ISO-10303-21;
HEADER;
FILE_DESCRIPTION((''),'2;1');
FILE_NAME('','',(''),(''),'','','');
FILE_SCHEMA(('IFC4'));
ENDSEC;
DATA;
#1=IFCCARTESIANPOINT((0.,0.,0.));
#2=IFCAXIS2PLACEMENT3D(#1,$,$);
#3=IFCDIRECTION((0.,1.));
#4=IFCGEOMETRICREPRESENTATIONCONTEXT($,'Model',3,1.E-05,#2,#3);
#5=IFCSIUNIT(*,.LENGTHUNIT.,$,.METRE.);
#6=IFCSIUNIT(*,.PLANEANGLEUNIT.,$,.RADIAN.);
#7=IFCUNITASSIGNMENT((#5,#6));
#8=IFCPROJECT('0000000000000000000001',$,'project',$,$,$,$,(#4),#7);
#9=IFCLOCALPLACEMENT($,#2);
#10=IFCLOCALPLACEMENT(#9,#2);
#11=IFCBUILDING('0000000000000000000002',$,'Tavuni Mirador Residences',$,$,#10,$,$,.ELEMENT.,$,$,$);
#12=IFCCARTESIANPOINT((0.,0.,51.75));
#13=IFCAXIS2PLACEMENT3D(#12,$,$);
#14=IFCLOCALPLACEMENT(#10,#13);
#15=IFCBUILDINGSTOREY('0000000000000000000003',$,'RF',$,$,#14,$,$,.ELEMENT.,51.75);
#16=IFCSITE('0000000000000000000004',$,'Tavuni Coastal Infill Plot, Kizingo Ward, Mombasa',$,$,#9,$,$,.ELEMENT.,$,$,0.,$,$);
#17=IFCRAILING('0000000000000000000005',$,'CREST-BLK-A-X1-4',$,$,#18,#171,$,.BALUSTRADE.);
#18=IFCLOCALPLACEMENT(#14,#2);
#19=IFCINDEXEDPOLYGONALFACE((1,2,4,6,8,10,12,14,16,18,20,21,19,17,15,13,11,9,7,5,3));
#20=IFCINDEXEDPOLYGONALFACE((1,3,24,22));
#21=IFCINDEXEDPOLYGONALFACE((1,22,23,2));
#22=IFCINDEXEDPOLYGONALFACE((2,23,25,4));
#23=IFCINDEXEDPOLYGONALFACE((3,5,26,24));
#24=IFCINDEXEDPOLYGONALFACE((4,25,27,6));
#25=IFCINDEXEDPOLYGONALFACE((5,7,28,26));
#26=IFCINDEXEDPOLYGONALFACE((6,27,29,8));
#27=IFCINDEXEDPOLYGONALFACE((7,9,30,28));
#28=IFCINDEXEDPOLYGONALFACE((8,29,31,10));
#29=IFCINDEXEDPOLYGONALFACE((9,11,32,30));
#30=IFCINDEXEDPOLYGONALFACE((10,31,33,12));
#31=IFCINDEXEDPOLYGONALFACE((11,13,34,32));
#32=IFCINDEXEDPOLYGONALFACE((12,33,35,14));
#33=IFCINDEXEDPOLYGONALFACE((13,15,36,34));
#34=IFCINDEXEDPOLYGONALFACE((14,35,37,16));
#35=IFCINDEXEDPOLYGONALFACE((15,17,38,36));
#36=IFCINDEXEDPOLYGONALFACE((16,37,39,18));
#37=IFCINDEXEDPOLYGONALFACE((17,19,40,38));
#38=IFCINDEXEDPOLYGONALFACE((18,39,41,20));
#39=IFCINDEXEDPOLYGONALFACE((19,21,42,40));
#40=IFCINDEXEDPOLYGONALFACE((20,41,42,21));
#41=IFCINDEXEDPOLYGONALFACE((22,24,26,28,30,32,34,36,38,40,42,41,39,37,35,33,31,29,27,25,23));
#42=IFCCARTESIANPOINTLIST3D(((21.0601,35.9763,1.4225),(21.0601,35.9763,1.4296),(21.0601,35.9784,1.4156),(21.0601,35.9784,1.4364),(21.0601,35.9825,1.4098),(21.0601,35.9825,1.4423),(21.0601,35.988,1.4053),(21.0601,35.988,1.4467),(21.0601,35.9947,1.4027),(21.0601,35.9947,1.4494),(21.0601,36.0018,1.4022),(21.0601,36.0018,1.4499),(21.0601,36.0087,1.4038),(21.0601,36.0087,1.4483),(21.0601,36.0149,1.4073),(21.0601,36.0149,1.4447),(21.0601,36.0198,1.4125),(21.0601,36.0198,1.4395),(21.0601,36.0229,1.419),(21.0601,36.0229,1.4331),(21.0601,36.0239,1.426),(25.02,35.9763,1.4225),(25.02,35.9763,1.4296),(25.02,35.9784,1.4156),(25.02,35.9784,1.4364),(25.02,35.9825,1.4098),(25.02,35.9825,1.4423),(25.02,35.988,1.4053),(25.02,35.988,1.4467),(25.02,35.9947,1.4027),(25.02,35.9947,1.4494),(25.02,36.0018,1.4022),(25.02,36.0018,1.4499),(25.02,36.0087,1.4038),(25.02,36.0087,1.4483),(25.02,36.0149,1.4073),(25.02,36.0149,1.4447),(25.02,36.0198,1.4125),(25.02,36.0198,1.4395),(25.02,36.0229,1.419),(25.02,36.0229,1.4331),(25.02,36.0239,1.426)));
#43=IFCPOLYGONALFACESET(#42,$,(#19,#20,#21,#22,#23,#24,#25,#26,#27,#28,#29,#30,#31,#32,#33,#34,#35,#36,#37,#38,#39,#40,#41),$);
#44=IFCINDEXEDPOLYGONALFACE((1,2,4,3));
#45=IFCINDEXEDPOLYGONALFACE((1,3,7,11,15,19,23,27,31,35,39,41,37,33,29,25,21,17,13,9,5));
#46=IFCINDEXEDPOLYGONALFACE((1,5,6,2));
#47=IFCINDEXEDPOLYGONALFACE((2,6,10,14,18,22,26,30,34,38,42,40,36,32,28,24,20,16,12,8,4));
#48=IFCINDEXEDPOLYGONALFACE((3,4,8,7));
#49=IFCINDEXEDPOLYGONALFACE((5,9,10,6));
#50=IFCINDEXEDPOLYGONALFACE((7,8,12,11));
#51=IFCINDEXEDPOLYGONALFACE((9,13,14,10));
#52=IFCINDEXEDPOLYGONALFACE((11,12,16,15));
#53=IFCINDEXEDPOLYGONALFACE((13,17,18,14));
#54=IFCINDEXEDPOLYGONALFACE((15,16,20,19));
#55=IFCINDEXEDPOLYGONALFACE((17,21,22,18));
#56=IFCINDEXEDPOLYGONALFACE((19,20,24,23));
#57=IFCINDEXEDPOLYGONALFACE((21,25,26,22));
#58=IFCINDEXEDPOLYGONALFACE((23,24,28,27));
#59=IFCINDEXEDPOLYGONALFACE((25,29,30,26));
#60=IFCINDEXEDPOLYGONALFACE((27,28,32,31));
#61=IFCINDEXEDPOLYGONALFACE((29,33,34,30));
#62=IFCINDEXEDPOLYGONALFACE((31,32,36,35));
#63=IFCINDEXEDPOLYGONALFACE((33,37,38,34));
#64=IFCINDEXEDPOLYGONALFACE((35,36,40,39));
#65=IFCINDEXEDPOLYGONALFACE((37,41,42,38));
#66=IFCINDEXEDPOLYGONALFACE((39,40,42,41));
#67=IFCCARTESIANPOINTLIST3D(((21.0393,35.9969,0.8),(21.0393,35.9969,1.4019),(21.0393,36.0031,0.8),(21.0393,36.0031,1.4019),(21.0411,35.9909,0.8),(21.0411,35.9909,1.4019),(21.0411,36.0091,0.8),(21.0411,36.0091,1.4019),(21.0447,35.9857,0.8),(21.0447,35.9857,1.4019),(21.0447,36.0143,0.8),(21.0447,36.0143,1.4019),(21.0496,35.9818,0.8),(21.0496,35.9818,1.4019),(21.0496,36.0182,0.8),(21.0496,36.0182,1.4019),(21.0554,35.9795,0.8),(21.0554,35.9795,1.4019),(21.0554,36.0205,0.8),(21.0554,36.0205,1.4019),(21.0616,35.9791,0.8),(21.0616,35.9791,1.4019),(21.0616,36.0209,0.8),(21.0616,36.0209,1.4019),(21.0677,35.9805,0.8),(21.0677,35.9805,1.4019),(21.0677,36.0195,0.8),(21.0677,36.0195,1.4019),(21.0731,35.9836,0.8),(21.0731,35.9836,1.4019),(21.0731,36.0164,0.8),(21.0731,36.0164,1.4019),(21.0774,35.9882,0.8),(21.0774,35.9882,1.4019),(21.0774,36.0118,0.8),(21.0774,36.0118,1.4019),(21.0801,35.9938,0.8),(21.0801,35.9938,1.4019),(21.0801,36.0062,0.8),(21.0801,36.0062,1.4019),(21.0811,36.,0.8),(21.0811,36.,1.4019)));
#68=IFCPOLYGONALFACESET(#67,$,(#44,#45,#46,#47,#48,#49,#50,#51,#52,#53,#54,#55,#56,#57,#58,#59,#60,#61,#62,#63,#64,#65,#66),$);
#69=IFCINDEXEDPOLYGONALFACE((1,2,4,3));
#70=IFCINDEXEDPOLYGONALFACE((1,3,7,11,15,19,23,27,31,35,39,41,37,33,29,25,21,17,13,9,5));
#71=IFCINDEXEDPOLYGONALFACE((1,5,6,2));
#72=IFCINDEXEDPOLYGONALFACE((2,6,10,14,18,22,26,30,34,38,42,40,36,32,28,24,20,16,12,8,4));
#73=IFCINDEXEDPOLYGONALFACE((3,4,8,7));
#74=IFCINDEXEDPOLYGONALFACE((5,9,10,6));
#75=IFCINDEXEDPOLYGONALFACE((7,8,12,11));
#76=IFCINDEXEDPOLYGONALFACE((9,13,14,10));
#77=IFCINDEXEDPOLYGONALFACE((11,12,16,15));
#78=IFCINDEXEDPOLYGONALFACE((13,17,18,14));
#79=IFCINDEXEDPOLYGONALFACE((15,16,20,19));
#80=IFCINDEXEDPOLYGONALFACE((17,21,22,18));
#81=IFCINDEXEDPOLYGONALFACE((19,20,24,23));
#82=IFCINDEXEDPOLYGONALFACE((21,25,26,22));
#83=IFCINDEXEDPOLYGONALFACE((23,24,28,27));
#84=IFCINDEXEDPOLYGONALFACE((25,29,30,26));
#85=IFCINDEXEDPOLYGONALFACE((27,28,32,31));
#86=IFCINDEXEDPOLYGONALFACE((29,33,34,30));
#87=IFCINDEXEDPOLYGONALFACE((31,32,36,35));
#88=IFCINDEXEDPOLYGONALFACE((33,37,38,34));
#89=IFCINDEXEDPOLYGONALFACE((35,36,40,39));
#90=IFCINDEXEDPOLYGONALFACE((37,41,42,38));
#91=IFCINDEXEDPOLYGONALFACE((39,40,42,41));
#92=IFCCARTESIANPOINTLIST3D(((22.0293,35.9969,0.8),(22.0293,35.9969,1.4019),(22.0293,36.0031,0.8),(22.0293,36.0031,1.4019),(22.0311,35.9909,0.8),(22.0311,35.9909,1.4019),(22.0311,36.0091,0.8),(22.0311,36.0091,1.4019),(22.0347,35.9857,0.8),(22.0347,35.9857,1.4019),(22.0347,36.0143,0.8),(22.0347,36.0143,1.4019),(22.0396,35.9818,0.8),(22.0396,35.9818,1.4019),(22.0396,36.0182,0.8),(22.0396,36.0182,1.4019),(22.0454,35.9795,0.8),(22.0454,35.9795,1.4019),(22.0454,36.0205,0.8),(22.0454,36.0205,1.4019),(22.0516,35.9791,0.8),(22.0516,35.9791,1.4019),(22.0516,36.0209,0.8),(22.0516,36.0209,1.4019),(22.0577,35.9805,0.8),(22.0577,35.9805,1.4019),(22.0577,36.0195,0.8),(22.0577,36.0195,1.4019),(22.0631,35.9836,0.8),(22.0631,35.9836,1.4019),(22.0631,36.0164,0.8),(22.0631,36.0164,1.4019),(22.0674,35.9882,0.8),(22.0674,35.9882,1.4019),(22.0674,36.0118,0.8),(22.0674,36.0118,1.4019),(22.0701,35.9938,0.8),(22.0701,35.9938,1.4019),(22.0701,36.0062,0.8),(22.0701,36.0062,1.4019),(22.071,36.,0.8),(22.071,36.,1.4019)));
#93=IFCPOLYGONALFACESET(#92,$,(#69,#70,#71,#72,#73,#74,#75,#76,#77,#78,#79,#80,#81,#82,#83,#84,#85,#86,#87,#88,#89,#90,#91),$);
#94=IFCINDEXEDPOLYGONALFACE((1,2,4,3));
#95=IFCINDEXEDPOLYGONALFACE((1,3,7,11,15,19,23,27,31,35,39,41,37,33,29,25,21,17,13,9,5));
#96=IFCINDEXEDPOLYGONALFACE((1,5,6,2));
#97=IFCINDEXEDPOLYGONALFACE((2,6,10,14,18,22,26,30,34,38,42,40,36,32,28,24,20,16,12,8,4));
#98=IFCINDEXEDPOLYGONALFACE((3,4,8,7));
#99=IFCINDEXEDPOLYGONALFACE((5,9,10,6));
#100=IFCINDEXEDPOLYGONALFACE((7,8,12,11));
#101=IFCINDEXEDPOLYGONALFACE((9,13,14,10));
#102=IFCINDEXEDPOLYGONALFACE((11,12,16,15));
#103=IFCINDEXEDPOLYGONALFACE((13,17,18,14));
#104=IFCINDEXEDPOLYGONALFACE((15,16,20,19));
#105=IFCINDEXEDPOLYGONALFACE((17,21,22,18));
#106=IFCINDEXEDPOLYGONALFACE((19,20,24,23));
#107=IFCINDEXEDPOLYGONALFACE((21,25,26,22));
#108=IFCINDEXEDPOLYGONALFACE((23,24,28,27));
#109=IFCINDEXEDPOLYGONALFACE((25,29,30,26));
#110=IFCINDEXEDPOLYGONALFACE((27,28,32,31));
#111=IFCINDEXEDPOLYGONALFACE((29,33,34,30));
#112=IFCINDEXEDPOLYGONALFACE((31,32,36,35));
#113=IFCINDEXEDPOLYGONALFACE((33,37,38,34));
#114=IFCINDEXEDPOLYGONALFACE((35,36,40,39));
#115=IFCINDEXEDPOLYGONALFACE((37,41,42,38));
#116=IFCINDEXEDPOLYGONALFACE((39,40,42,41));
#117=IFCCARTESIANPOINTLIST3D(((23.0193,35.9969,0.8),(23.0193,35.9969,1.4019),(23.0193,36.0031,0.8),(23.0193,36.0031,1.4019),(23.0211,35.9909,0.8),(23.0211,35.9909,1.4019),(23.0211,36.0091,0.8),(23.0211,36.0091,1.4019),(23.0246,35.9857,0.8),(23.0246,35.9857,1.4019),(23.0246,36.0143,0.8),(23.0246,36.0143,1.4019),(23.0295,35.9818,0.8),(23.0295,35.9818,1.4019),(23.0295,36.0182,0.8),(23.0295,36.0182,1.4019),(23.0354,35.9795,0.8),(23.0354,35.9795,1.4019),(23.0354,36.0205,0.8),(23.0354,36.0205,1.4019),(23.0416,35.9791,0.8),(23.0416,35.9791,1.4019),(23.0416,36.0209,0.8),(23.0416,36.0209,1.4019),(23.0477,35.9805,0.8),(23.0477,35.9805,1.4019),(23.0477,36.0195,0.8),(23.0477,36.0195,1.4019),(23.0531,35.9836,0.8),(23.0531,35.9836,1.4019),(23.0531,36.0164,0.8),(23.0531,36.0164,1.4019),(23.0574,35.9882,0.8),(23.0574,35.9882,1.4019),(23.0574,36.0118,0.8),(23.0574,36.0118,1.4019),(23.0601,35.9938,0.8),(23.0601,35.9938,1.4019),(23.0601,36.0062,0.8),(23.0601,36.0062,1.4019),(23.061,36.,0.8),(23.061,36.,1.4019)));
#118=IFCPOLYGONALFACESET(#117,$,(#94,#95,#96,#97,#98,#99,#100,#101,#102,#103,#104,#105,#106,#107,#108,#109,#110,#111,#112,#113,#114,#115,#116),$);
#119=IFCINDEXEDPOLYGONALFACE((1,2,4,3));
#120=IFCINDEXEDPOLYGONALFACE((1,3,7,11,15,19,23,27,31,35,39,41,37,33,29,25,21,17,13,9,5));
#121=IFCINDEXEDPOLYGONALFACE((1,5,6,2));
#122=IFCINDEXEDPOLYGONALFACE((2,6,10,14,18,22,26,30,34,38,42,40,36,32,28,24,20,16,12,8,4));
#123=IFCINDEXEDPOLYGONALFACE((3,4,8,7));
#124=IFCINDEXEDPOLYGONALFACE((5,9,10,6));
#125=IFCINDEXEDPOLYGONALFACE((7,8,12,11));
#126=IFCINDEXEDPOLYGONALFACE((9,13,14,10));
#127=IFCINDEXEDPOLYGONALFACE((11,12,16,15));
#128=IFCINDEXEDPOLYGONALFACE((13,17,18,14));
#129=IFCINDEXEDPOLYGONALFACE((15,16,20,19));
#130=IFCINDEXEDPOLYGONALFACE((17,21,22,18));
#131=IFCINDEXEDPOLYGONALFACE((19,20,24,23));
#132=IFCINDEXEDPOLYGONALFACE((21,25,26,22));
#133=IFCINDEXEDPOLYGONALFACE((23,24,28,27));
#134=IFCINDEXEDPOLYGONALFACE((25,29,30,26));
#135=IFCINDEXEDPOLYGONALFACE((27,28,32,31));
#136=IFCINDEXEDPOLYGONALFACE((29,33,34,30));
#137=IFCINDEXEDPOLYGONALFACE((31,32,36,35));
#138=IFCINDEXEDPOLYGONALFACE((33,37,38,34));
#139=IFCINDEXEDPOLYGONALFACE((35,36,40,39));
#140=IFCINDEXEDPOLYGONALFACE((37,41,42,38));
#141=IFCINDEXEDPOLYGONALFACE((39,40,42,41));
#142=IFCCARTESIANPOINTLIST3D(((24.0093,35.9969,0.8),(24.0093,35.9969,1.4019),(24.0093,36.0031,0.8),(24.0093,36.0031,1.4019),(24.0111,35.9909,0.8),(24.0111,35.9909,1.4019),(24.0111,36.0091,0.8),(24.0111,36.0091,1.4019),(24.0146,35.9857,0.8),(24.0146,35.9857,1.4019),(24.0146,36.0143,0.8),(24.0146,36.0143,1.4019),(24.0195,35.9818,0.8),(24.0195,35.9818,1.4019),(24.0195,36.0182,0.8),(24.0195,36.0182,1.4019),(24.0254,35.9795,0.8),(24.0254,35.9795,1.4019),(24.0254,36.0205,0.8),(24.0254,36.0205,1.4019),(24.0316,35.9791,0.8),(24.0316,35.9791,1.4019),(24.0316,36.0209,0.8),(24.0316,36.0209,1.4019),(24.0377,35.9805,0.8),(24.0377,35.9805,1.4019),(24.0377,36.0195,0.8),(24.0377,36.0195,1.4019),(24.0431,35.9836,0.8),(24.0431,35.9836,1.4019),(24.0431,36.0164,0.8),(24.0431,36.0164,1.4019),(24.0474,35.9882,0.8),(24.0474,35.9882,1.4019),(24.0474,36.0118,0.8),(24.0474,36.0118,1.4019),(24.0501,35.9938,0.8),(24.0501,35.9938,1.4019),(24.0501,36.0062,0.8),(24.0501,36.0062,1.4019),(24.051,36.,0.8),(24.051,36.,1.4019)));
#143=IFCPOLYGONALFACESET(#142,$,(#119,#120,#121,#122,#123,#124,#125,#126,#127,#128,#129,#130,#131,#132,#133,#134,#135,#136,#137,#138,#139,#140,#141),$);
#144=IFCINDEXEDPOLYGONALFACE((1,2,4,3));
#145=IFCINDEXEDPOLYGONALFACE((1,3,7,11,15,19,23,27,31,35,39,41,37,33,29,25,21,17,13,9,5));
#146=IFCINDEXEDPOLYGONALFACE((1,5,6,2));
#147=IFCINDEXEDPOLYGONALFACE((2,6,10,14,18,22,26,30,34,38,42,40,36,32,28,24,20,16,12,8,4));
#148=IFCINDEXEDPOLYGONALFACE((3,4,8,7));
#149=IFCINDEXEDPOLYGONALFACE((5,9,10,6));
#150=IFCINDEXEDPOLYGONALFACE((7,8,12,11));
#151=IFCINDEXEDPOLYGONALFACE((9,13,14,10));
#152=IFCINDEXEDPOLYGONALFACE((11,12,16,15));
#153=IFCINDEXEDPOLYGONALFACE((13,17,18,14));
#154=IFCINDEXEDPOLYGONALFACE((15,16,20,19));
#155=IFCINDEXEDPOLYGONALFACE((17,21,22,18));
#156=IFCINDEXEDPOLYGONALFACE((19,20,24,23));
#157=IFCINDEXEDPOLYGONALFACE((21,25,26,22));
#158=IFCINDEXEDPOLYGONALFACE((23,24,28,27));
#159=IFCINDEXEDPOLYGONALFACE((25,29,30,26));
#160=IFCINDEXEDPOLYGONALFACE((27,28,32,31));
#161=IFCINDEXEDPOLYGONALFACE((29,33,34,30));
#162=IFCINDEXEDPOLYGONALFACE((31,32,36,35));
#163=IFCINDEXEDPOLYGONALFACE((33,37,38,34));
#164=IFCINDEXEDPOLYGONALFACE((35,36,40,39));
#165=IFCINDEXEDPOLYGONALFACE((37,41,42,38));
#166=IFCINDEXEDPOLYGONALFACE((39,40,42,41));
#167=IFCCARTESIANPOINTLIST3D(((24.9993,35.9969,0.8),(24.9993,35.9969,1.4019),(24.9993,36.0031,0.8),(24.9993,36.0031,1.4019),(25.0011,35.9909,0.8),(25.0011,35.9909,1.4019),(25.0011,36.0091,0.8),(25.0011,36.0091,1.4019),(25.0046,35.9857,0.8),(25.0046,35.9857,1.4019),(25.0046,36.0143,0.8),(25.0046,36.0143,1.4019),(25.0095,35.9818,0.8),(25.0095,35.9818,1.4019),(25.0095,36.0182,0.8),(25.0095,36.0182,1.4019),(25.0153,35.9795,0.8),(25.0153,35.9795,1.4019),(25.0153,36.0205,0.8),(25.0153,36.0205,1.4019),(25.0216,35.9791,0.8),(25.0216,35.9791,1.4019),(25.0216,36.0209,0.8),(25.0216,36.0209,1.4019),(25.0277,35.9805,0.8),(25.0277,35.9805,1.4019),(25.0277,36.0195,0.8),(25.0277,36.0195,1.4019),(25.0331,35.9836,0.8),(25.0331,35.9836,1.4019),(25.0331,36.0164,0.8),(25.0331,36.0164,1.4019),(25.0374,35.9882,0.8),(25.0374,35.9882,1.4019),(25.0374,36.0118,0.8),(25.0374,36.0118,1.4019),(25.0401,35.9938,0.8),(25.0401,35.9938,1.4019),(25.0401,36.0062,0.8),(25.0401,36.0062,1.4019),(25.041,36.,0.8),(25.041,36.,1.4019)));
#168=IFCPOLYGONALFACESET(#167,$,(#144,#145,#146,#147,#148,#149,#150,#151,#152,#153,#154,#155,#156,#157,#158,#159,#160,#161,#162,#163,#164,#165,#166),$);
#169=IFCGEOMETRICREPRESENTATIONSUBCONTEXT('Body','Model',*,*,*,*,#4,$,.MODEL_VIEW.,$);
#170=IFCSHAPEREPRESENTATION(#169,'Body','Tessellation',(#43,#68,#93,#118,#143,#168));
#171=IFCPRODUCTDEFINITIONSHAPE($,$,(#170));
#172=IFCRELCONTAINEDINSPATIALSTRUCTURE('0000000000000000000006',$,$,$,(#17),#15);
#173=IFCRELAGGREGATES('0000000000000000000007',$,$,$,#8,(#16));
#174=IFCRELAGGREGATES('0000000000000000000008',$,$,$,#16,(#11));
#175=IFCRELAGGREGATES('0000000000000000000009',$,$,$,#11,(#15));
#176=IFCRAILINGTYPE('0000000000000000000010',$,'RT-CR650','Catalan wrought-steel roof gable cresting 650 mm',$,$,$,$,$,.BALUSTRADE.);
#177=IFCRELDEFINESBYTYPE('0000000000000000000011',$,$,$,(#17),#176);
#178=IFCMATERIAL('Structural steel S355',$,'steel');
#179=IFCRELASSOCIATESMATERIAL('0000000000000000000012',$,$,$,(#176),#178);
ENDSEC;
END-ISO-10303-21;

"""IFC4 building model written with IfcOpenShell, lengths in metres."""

from ifc_helpers import new_model, si_unit, direction, frame, origin, origin_2d, place, context, subcontext, project, spatial, circle, extrude, material, type_object, element, save


model = new_model("IFC4")

# Units and contexts
model_context = context("Model", 3, precision=1e-05, world=origin(), true_north=direction((0.0, 1.0)))
body_context = subcontext(model_context, "Body", "Model", "MODEL_VIEW")
ifc_project = project(units=[si_unit("LENGTHUNIT", "METRE"), si_unit("PLANEANGLEUNIT", "RADIAN")], contexts=[model_context])

# Site, building, storey
site_placement = place(None, origin())
site = spatial("IfcSite", under=ifc_project, at=site_placement, Name="Tavuni Coastal Infill Plot, Kizingo Ward, Mombasa", CompositionType="ELEMENT", RefElevation=0.0)
building_placement = place(site_placement, origin())
building = spatial("IfcBuilding", under=site, at=building_placement, Name="Tavuni Mirador Residences", CompositionType="ELEMENT")
storey_placement = place(building_placement, frame((0.0, 0.0, 51.75)))
storey = spatial("IfcBuildingStorey", under=building, at=storey_placement, Name="RF", CompositionType="ELEMENT", Elevation=51.75)

# Shared definitions
ifc_material_1 = material(Name="Structural steel S355", Category="steel")

# Railing
railing_type = type_object("IfcRailingType", Name="RT-CR650", Description="Catalan wrought-steel roof gable cresting 650 mm", PredefinedType="BALUSTRADE", material=ifc_material_1)
for number, where, name in (
    (1, (21.0601, 36.0, 0.8), "CREST-BLK-A-X1-4"),
):
    element("IfcRailing", number, at=place(storey_placement, frame(where)), inside=storey, type_object=railing_type, Name=name, PredefinedType="BALUSTRADE", context=body_context, shape_type="SweptSolid", body=[
        extrude(circle(Radius=0.0239, at=origin_2d()), frame((0.0, 0.0, 0.626), z_axis=(1.0, 0.0, 0.0), x_axis=(0.0, 1.0, 0.0)), (0.0, 0.0, 1.0), 3.96),
        extrude(circle(Radius=0.021, at=origin_2d()), origin(), (0.0, 0.0, 1.0), 0.6018),
        extrude(circle(Radius=0.021, at=origin_2d()), frame((0.99, 0.0, 0.0)), (0.0, 0.0, 1.0), 0.6018),
        extrude(circle(Radius=0.021, at=origin_2d()), frame((1.98, 0.0, 0.0)), (0.0, 0.0, 1.0), 0.6018),
        extrude(circle(Radius=0.021, at=origin_2d()), frame((2.97, 0.0, 0.0)), (0.0, 0.0, 1.0), 0.6018),
        extrude(circle(Radius=0.021, at=origin_2d()), frame((3.96, 0.0, 0.0)), (0.0, 0.0, 1.0), 0.6018),
    ])

save(model, "model.ifc")
